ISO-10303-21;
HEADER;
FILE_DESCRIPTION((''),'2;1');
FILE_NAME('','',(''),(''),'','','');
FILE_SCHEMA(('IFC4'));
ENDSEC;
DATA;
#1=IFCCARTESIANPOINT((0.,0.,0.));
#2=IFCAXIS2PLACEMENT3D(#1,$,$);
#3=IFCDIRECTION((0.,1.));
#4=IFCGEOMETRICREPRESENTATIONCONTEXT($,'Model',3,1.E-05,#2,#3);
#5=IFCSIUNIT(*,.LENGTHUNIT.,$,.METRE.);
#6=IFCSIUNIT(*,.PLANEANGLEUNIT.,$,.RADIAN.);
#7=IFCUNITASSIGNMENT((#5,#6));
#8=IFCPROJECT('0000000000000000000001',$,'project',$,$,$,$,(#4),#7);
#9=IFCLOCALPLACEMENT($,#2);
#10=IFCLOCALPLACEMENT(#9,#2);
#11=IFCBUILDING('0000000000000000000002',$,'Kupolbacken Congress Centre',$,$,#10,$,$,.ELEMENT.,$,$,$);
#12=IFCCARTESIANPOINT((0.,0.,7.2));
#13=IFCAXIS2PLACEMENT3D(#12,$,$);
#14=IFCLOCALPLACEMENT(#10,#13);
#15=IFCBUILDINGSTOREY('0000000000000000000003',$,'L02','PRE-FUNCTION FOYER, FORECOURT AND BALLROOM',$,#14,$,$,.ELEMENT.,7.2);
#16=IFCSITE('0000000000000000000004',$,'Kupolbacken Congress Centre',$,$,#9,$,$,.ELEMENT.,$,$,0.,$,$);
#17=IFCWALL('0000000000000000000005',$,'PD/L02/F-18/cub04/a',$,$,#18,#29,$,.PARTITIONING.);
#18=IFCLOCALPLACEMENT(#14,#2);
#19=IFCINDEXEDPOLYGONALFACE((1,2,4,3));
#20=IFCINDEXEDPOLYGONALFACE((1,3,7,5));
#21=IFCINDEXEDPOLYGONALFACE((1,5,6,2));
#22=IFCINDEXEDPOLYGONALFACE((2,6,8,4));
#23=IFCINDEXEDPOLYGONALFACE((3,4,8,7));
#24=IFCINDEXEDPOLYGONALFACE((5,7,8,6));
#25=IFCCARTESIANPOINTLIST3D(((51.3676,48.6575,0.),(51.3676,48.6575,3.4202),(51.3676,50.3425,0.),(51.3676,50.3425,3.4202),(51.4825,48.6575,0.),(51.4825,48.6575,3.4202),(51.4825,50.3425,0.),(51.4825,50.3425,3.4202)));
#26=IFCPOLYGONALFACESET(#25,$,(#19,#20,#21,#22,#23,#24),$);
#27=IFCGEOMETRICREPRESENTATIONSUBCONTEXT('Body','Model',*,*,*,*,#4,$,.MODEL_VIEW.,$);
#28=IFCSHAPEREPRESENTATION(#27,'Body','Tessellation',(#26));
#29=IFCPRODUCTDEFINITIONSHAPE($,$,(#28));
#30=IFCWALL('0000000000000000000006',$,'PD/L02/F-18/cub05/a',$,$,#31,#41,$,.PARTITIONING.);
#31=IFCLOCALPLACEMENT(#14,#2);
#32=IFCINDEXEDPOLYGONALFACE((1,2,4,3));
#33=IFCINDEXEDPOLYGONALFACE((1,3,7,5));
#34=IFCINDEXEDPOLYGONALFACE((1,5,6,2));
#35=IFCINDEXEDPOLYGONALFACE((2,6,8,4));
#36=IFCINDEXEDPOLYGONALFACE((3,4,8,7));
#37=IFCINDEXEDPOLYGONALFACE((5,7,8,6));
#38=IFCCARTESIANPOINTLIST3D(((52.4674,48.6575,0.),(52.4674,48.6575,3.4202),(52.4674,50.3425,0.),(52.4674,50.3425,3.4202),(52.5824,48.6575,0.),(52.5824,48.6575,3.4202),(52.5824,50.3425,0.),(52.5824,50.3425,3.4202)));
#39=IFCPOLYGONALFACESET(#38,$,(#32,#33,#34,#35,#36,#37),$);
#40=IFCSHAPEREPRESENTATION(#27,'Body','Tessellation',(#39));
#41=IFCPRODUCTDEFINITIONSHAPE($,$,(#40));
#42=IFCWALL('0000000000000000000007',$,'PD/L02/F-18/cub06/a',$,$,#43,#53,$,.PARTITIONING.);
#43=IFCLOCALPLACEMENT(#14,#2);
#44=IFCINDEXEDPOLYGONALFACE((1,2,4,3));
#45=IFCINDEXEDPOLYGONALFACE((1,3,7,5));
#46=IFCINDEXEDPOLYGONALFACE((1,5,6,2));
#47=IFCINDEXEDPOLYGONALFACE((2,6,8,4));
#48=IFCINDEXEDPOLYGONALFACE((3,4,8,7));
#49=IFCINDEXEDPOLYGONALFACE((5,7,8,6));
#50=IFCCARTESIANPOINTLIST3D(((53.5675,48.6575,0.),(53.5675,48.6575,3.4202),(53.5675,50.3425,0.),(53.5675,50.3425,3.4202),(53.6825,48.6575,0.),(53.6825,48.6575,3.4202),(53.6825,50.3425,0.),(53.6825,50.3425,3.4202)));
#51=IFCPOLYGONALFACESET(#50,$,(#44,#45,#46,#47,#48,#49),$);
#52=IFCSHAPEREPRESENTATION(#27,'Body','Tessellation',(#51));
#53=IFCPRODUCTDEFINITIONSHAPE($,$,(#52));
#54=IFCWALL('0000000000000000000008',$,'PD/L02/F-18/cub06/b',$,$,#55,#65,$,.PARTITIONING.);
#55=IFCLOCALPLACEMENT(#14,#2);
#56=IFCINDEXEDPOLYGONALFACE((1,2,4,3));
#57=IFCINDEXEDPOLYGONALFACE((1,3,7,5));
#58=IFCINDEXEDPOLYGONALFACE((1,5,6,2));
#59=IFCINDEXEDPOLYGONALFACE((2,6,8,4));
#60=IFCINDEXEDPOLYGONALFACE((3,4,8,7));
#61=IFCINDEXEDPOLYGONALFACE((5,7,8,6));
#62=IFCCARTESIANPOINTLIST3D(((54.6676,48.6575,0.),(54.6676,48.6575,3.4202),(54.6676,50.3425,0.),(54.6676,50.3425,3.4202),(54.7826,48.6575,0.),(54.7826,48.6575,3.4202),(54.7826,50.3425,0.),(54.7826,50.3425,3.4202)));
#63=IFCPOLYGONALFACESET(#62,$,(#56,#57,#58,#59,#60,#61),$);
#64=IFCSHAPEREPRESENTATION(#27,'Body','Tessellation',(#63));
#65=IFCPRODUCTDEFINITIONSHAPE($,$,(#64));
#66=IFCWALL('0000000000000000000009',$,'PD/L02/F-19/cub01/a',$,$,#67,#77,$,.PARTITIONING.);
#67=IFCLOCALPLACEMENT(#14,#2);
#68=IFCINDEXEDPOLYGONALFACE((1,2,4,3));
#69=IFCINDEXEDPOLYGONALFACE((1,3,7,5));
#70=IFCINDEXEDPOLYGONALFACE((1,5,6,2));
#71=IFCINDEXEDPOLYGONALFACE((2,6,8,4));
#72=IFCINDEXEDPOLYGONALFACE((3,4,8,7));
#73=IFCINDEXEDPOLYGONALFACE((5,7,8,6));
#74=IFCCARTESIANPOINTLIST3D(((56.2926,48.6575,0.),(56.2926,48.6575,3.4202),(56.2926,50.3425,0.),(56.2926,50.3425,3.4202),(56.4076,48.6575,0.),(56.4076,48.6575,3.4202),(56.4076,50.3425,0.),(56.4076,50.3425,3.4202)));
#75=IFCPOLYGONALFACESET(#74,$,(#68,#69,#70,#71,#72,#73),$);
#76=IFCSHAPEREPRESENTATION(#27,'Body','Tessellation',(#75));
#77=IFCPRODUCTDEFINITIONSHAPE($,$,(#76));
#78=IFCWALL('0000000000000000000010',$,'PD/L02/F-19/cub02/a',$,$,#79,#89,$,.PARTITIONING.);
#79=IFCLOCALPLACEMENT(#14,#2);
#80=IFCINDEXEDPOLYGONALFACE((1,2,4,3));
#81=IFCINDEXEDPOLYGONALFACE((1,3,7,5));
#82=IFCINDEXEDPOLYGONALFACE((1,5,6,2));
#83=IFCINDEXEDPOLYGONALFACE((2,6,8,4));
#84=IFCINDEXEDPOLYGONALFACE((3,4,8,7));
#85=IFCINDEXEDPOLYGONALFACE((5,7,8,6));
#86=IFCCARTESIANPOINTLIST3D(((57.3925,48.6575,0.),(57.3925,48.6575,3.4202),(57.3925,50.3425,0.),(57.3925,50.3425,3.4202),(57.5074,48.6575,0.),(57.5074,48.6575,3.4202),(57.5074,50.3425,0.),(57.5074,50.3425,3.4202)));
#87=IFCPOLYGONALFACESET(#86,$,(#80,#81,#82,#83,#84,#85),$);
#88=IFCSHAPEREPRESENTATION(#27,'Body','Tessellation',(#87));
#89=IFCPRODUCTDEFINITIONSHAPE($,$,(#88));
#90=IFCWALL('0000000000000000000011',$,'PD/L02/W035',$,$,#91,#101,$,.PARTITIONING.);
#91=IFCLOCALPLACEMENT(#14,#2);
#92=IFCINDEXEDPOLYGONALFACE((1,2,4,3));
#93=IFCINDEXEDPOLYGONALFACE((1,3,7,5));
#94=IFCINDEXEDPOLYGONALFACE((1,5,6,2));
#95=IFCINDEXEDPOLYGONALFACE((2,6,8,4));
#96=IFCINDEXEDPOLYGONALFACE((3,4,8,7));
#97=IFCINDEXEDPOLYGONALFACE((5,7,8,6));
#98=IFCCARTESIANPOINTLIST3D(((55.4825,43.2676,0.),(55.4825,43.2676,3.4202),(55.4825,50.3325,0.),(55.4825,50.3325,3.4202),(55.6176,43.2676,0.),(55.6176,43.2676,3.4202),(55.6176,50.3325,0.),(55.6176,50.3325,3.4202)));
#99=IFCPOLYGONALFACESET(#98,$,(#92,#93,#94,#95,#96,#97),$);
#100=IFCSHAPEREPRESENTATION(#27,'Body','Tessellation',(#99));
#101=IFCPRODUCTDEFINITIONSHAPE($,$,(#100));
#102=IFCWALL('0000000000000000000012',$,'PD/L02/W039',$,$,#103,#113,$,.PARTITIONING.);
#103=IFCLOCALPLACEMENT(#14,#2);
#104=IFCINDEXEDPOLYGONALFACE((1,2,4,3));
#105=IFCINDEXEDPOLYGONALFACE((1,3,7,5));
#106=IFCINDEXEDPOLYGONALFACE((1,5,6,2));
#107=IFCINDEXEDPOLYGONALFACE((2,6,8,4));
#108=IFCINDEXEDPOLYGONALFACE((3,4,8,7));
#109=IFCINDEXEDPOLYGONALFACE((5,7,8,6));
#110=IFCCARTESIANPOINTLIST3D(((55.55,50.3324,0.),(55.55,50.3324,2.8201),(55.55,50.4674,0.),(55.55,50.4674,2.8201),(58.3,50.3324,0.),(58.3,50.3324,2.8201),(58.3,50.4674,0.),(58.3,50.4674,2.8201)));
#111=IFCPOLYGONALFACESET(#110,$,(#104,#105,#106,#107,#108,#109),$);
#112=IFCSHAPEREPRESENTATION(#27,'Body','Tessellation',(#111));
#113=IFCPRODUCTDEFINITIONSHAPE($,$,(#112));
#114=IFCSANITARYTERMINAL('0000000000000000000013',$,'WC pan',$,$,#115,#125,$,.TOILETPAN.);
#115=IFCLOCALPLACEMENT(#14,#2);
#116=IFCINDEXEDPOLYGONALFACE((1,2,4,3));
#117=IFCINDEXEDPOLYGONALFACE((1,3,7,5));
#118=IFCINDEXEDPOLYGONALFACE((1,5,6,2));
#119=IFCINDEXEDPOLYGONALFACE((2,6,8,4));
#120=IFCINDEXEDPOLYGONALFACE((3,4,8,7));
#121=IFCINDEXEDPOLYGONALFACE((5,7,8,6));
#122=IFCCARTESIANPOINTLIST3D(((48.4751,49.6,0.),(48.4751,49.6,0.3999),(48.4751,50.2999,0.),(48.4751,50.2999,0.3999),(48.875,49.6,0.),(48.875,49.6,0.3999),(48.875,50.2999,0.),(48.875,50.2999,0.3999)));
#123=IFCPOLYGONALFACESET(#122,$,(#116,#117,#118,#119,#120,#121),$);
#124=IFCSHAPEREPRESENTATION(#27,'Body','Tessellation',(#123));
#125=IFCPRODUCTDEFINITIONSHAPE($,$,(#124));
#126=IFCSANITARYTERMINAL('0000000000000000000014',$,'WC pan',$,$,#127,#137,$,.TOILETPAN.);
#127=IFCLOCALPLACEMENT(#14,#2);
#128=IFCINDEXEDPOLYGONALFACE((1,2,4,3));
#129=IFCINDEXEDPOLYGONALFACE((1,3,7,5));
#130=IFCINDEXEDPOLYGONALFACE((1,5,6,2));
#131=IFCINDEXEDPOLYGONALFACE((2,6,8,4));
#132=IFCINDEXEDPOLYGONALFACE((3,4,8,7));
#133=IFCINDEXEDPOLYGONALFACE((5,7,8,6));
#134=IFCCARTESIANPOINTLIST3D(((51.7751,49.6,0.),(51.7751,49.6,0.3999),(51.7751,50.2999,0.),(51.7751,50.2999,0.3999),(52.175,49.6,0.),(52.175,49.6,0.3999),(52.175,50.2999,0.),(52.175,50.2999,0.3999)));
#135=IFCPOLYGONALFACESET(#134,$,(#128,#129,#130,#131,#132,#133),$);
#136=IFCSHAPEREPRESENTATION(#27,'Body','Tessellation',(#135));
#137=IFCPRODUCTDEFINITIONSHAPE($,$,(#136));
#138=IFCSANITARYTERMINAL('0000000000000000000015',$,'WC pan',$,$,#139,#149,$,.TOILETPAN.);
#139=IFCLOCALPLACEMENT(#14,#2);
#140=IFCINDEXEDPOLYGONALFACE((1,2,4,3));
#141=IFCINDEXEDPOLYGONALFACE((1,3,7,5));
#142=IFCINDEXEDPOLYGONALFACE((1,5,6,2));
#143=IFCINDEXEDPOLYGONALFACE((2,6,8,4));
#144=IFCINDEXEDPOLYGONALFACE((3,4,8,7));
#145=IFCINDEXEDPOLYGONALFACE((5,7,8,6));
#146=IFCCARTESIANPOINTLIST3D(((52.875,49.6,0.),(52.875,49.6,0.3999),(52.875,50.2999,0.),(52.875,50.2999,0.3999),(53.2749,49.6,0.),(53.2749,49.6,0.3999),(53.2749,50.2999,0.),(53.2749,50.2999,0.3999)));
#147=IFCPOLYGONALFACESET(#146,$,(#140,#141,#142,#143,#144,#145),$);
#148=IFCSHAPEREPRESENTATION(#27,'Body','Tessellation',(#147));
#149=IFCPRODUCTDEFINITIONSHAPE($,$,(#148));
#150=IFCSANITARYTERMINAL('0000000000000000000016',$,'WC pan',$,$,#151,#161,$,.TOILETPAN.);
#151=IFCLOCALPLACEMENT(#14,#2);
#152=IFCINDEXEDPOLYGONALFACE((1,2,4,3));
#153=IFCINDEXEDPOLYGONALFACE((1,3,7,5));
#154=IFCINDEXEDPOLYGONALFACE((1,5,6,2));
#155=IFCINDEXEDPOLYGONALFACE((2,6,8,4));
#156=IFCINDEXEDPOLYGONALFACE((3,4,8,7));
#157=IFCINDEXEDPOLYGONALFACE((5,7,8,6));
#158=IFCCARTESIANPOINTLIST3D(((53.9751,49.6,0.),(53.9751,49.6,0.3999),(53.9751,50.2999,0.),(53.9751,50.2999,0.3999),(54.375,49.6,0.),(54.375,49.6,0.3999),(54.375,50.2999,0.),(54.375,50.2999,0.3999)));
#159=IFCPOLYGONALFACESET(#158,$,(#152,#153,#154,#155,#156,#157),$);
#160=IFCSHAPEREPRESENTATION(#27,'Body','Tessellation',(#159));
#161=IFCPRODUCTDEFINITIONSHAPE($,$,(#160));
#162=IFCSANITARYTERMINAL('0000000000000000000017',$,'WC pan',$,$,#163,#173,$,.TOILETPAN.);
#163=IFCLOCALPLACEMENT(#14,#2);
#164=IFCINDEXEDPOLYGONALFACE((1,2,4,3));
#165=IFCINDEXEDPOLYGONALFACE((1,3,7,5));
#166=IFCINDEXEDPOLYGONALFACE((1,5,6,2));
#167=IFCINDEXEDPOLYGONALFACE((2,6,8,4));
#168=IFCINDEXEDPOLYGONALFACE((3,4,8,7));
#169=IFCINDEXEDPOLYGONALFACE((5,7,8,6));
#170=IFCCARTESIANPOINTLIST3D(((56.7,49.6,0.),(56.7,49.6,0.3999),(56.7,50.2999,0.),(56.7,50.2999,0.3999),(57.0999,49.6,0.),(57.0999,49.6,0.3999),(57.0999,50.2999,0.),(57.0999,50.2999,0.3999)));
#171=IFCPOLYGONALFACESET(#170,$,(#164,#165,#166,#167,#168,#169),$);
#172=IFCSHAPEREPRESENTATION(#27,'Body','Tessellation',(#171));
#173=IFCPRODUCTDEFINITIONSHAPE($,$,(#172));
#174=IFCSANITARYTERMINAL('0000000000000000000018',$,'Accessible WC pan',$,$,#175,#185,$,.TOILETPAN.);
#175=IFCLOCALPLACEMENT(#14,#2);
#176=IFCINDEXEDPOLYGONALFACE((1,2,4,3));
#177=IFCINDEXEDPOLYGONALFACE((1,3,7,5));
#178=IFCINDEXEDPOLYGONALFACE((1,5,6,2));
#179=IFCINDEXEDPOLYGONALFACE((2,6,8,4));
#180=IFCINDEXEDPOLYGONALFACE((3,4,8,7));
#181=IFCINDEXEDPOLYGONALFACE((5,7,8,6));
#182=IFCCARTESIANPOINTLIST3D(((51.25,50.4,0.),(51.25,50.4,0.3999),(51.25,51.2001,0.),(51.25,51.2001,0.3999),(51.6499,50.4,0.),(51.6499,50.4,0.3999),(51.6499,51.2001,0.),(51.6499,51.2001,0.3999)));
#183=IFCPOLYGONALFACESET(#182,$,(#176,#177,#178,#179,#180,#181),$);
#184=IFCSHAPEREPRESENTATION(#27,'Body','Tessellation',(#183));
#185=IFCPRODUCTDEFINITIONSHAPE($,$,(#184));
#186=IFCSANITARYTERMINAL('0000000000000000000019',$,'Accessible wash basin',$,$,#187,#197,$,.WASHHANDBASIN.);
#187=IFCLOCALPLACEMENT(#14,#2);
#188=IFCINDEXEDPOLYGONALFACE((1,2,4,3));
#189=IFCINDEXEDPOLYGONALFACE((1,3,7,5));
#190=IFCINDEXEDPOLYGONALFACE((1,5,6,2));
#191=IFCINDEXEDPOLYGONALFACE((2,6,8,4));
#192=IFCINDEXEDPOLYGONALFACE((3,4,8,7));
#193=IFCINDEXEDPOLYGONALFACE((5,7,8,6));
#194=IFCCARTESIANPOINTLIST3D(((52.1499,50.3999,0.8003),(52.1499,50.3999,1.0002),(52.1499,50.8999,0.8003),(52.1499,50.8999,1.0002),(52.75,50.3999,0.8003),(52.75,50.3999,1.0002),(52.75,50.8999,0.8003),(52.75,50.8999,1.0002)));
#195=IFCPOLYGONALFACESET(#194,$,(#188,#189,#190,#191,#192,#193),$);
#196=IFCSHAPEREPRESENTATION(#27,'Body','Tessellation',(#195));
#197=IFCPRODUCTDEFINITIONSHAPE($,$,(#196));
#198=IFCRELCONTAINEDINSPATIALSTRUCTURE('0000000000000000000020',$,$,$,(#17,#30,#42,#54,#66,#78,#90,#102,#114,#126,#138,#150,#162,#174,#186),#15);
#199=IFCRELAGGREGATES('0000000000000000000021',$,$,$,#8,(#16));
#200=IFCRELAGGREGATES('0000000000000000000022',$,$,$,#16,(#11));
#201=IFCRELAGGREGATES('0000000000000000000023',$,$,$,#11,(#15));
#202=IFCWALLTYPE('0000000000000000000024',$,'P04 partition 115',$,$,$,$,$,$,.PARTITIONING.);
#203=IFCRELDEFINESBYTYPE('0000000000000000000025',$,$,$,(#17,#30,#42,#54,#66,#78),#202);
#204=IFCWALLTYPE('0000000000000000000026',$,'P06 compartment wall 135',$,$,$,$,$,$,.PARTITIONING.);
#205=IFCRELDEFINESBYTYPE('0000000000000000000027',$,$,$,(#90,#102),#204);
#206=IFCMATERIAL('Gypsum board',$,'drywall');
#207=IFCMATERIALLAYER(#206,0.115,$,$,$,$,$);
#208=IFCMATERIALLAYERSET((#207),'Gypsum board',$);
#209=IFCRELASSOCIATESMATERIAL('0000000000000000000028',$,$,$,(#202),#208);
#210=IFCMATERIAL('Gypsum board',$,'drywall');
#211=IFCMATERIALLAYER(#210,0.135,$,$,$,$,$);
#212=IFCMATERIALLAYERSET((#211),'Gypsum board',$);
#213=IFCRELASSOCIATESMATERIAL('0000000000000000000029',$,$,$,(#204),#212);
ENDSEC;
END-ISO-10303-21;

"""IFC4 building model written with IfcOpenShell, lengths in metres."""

from ifc_helpers import new_model, si_unit, direction, frame, frame_2d, origin, origin_2d, place, context, subcontext, project, spatial, rectangle, extrude, material, layer, layer_set, type_object, element, save


model = new_model("IFC4")

# Units and contexts
model_context = context("Model", 3, precision=1e-05, world=origin(), true_north=direction((0.0, 1.0)))
body_context = subcontext(model_context, "Body", "Model", "MODEL_VIEW")
ifc_project = project(units=[si_unit("LENGTHUNIT", "METRE"), si_unit("PLANEANGLEUNIT", "RADIAN")], contexts=[model_context])

# Site, building, storey
site_placement = place(None, origin())
site = spatial("IfcSite", under=ifc_project, at=site_placement, Name="Kupolbacken Congress Centre", CompositionType="ELEMENT", RefElevation=0.0)
building_placement = place(site_placement, origin())
building = spatial("IfcBuilding", under=site, at=building_placement, Name="Kupolbacken Congress Centre", CompositionType="ELEMENT")
storey_placement = place(building_placement, frame((0.0, 0.0, 7.2)))
storey = spatial("IfcBuildingStorey", under=building, at=storey_placement, Name="L02", Description="PRE-FUNCTION FOYER, FORECOURT AND BALLROOM", CompositionType="ELEMENT", Elevation=7.2)

# Walls
ifc_material_1 = material(Name="Gypsum board", Category="drywall")
ifc_layer_1 = layer(ifc_material_1, 0.115)
ifc_layer_set_1 = layer_set([ifc_layer_1], Name="Gypsum board")
wall_type_1 = type_object("IfcWallType", Name="P04 partition 115", PredefinedType="PARTITIONING", material=ifc_layer_set_1)
for number, where, z_axis, x_axis, name in (
    (1, (51.425, 50.3425, 0.0), (0.0, 0.0, 1.0), (0.0, -1.0, 0.0), "PD/L02/F-18/cub04/a"),
    (2, (52.5249, 50.3425, 0.0), (0.0, 0.0, 1.0), (0.0, -1.0, 0.0), "PD/L02/F-18/cub05/a"),
    (3, (53.625, 50.3425, 0.0), (0.0, 0.0, 1.0), (0.0, -1.0, 0.0), "PD/L02/F-18/cub06/a"),
    (4, (54.7251, 50.3425, 0.0), (0.0, 0.0, 1.0), (0.0, -1.0, 0.0), "PD/L02/F-18/cub06/b"),
    (5, (56.3501, 50.3425, 0.0), (0.0, 0.0, 1.0), (0.0, -1.0, 0.0), "PD/L02/F-19/cub01/a"),
    (6, (57.45, 50.3425, 0.0), (0.0, 0.0, 1.0), (0.0, -1.0, 0.0), "PD/L02/F-19/cub02/a"),
):
    element("IfcWall", number, at=place(storey_placement, frame(where, z_axis=z_axis, x_axis=x_axis)), inside=storey, type_object=wall_type_1, Name=name, PredefinedType="PARTITIONING", context=body_context, shape_type="SweptSolid", body=[
        extrude(rectangle(XDim=1.6851, YDim=0.115, at=frame_2d((0.8425, 0.0))), origin(), (0.0, 0.0, 1.0), 3.4202),
    ])
ifc_material_2 = material(Name="Gypsum board", Category="drywall")
ifc_layer_2 = layer(ifc_material_2, 0.135)
ifc_layer_set_2 = layer_set([ifc_layer_2], Name="Gypsum board")
wall_type_2 = type_object("IfcWallType", Name="P06 compartment wall 135", PredefinedType="PARTITIONING", material=ifc_layer_set_2)
wall_1_placement = place(storey_placement, frame((55.55, 50.3325, 0.0), z_axis=(0.0, 0.0, 1.0), x_axis=(0.0, -1.0, 0.0)))
element("IfcWall", 7, at=wall_1_placement, inside=storey, type_object=wall_type_2, Name="PD/L02/W035", PredefinedType="PARTITIONING", context=body_context, shape_type="SweptSolid", body=[
    extrude(rectangle(XDim=7.0649, YDim=0.135, at=frame_2d((3.5325, 0.0))), origin(), (0.0, 0.0, 1.0), 3.4202),
])
wall_2_placement = place(storey_placement, frame((55.55, 50.3999, 0.0), z_axis=(0.0, 0.0, 1.0), x_axis=(1.0, 0.0, 0.0)))
element("IfcWall", 8, at=wall_2_placement, inside=storey, type_object=wall_type_2, Name="PD/L02/W039", PredefinedType="PARTITIONING", context=body_context, shape_type="SweptSolid", body=[
    extrude(rectangle(XDim=2.75, YDim=0.135, at=frame_2d((1.375, 0.0))), origin(), (0.0, 0.0, 1.0), 2.8201),
])

# Sanitary terminals
for number, where, z_axis, x_axis, name in (
    (9, (48.675, 49.95, 0.0), (0.0, 0.0, 1.0), (1.0, 0.0, 0.0), "WC pan"),
    (10, (51.9751, 49.95, 0.0), (0.0, 0.0, 1.0), (1.0, 0.0, 0.0), "WC pan"),
    (11, (53.075, 49.95, 0.0), (0.0, 0.0, 1.0), (1.0, 0.0, 0.0), "WC pan"),
    (12, (54.175, 49.95, 0.0), (0.0, 0.0, 1.0), (1.0, 0.0, 0.0), "WC pan"),
    (13, (56.8999, 49.95, 0.0), (0.0, 0.0, 1.0), (1.0, 0.0, 0.0), "WC pan"),
):
    element("IfcSanitaryTerminal", number, at=place(storey_placement, frame(where, z_axis=z_axis, x_axis=x_axis)), inside=storey, Name=name, PredefinedType="TOILETPAN", context=body_context, shape_type="SweptSolid", body=[
        extrude(rectangle(XDim=0.3999, YDim=0.7, at=origin_2d()), origin(), (0.0, 0.0, 1.0), 0.3999),
    ])
sanitary_terminal_1_placement = place(storey_placement, frame((51.45, 50.8, 0.0), z_axis=(0.0, 0.0, 1.0), x_axis=(1.0, 0.0, 0.0)))
element("IfcSanitaryTerminal", 14, at=sanitary_terminal_1_placement, inside=storey, Name="Accessible WC pan", PredefinedType="TOILETPAN", context=body_context, shape_type="SweptSolid", body=[
    extrude(rectangle(XDim=0.3999, YDim=0.8, at=origin_2d()), origin(), (0.0, 0.0, 1.0), 0.3999),
])
sanitary_terminal_2_placement = place(storey_placement, frame((52.45, 50.6499, 0.8003), z_axis=(0.0, 0.0, 1.0), x_axis=(1.0, 0.0, 0.0)))
element("IfcSanitaryTerminal", 15, at=sanitary_terminal_2_placement, inside=storey, Name="Accessible wash basin", PredefinedType="WASHHANDBASIN", context=body_context, shape_type="SweptSolid", body=[
    extrude(rectangle(XDim=0.6001, YDim=0.5, at=origin_2d()), origin(), (0.0, 0.0, 1.0), 0.2),
])

save(model, "model.ifc")
